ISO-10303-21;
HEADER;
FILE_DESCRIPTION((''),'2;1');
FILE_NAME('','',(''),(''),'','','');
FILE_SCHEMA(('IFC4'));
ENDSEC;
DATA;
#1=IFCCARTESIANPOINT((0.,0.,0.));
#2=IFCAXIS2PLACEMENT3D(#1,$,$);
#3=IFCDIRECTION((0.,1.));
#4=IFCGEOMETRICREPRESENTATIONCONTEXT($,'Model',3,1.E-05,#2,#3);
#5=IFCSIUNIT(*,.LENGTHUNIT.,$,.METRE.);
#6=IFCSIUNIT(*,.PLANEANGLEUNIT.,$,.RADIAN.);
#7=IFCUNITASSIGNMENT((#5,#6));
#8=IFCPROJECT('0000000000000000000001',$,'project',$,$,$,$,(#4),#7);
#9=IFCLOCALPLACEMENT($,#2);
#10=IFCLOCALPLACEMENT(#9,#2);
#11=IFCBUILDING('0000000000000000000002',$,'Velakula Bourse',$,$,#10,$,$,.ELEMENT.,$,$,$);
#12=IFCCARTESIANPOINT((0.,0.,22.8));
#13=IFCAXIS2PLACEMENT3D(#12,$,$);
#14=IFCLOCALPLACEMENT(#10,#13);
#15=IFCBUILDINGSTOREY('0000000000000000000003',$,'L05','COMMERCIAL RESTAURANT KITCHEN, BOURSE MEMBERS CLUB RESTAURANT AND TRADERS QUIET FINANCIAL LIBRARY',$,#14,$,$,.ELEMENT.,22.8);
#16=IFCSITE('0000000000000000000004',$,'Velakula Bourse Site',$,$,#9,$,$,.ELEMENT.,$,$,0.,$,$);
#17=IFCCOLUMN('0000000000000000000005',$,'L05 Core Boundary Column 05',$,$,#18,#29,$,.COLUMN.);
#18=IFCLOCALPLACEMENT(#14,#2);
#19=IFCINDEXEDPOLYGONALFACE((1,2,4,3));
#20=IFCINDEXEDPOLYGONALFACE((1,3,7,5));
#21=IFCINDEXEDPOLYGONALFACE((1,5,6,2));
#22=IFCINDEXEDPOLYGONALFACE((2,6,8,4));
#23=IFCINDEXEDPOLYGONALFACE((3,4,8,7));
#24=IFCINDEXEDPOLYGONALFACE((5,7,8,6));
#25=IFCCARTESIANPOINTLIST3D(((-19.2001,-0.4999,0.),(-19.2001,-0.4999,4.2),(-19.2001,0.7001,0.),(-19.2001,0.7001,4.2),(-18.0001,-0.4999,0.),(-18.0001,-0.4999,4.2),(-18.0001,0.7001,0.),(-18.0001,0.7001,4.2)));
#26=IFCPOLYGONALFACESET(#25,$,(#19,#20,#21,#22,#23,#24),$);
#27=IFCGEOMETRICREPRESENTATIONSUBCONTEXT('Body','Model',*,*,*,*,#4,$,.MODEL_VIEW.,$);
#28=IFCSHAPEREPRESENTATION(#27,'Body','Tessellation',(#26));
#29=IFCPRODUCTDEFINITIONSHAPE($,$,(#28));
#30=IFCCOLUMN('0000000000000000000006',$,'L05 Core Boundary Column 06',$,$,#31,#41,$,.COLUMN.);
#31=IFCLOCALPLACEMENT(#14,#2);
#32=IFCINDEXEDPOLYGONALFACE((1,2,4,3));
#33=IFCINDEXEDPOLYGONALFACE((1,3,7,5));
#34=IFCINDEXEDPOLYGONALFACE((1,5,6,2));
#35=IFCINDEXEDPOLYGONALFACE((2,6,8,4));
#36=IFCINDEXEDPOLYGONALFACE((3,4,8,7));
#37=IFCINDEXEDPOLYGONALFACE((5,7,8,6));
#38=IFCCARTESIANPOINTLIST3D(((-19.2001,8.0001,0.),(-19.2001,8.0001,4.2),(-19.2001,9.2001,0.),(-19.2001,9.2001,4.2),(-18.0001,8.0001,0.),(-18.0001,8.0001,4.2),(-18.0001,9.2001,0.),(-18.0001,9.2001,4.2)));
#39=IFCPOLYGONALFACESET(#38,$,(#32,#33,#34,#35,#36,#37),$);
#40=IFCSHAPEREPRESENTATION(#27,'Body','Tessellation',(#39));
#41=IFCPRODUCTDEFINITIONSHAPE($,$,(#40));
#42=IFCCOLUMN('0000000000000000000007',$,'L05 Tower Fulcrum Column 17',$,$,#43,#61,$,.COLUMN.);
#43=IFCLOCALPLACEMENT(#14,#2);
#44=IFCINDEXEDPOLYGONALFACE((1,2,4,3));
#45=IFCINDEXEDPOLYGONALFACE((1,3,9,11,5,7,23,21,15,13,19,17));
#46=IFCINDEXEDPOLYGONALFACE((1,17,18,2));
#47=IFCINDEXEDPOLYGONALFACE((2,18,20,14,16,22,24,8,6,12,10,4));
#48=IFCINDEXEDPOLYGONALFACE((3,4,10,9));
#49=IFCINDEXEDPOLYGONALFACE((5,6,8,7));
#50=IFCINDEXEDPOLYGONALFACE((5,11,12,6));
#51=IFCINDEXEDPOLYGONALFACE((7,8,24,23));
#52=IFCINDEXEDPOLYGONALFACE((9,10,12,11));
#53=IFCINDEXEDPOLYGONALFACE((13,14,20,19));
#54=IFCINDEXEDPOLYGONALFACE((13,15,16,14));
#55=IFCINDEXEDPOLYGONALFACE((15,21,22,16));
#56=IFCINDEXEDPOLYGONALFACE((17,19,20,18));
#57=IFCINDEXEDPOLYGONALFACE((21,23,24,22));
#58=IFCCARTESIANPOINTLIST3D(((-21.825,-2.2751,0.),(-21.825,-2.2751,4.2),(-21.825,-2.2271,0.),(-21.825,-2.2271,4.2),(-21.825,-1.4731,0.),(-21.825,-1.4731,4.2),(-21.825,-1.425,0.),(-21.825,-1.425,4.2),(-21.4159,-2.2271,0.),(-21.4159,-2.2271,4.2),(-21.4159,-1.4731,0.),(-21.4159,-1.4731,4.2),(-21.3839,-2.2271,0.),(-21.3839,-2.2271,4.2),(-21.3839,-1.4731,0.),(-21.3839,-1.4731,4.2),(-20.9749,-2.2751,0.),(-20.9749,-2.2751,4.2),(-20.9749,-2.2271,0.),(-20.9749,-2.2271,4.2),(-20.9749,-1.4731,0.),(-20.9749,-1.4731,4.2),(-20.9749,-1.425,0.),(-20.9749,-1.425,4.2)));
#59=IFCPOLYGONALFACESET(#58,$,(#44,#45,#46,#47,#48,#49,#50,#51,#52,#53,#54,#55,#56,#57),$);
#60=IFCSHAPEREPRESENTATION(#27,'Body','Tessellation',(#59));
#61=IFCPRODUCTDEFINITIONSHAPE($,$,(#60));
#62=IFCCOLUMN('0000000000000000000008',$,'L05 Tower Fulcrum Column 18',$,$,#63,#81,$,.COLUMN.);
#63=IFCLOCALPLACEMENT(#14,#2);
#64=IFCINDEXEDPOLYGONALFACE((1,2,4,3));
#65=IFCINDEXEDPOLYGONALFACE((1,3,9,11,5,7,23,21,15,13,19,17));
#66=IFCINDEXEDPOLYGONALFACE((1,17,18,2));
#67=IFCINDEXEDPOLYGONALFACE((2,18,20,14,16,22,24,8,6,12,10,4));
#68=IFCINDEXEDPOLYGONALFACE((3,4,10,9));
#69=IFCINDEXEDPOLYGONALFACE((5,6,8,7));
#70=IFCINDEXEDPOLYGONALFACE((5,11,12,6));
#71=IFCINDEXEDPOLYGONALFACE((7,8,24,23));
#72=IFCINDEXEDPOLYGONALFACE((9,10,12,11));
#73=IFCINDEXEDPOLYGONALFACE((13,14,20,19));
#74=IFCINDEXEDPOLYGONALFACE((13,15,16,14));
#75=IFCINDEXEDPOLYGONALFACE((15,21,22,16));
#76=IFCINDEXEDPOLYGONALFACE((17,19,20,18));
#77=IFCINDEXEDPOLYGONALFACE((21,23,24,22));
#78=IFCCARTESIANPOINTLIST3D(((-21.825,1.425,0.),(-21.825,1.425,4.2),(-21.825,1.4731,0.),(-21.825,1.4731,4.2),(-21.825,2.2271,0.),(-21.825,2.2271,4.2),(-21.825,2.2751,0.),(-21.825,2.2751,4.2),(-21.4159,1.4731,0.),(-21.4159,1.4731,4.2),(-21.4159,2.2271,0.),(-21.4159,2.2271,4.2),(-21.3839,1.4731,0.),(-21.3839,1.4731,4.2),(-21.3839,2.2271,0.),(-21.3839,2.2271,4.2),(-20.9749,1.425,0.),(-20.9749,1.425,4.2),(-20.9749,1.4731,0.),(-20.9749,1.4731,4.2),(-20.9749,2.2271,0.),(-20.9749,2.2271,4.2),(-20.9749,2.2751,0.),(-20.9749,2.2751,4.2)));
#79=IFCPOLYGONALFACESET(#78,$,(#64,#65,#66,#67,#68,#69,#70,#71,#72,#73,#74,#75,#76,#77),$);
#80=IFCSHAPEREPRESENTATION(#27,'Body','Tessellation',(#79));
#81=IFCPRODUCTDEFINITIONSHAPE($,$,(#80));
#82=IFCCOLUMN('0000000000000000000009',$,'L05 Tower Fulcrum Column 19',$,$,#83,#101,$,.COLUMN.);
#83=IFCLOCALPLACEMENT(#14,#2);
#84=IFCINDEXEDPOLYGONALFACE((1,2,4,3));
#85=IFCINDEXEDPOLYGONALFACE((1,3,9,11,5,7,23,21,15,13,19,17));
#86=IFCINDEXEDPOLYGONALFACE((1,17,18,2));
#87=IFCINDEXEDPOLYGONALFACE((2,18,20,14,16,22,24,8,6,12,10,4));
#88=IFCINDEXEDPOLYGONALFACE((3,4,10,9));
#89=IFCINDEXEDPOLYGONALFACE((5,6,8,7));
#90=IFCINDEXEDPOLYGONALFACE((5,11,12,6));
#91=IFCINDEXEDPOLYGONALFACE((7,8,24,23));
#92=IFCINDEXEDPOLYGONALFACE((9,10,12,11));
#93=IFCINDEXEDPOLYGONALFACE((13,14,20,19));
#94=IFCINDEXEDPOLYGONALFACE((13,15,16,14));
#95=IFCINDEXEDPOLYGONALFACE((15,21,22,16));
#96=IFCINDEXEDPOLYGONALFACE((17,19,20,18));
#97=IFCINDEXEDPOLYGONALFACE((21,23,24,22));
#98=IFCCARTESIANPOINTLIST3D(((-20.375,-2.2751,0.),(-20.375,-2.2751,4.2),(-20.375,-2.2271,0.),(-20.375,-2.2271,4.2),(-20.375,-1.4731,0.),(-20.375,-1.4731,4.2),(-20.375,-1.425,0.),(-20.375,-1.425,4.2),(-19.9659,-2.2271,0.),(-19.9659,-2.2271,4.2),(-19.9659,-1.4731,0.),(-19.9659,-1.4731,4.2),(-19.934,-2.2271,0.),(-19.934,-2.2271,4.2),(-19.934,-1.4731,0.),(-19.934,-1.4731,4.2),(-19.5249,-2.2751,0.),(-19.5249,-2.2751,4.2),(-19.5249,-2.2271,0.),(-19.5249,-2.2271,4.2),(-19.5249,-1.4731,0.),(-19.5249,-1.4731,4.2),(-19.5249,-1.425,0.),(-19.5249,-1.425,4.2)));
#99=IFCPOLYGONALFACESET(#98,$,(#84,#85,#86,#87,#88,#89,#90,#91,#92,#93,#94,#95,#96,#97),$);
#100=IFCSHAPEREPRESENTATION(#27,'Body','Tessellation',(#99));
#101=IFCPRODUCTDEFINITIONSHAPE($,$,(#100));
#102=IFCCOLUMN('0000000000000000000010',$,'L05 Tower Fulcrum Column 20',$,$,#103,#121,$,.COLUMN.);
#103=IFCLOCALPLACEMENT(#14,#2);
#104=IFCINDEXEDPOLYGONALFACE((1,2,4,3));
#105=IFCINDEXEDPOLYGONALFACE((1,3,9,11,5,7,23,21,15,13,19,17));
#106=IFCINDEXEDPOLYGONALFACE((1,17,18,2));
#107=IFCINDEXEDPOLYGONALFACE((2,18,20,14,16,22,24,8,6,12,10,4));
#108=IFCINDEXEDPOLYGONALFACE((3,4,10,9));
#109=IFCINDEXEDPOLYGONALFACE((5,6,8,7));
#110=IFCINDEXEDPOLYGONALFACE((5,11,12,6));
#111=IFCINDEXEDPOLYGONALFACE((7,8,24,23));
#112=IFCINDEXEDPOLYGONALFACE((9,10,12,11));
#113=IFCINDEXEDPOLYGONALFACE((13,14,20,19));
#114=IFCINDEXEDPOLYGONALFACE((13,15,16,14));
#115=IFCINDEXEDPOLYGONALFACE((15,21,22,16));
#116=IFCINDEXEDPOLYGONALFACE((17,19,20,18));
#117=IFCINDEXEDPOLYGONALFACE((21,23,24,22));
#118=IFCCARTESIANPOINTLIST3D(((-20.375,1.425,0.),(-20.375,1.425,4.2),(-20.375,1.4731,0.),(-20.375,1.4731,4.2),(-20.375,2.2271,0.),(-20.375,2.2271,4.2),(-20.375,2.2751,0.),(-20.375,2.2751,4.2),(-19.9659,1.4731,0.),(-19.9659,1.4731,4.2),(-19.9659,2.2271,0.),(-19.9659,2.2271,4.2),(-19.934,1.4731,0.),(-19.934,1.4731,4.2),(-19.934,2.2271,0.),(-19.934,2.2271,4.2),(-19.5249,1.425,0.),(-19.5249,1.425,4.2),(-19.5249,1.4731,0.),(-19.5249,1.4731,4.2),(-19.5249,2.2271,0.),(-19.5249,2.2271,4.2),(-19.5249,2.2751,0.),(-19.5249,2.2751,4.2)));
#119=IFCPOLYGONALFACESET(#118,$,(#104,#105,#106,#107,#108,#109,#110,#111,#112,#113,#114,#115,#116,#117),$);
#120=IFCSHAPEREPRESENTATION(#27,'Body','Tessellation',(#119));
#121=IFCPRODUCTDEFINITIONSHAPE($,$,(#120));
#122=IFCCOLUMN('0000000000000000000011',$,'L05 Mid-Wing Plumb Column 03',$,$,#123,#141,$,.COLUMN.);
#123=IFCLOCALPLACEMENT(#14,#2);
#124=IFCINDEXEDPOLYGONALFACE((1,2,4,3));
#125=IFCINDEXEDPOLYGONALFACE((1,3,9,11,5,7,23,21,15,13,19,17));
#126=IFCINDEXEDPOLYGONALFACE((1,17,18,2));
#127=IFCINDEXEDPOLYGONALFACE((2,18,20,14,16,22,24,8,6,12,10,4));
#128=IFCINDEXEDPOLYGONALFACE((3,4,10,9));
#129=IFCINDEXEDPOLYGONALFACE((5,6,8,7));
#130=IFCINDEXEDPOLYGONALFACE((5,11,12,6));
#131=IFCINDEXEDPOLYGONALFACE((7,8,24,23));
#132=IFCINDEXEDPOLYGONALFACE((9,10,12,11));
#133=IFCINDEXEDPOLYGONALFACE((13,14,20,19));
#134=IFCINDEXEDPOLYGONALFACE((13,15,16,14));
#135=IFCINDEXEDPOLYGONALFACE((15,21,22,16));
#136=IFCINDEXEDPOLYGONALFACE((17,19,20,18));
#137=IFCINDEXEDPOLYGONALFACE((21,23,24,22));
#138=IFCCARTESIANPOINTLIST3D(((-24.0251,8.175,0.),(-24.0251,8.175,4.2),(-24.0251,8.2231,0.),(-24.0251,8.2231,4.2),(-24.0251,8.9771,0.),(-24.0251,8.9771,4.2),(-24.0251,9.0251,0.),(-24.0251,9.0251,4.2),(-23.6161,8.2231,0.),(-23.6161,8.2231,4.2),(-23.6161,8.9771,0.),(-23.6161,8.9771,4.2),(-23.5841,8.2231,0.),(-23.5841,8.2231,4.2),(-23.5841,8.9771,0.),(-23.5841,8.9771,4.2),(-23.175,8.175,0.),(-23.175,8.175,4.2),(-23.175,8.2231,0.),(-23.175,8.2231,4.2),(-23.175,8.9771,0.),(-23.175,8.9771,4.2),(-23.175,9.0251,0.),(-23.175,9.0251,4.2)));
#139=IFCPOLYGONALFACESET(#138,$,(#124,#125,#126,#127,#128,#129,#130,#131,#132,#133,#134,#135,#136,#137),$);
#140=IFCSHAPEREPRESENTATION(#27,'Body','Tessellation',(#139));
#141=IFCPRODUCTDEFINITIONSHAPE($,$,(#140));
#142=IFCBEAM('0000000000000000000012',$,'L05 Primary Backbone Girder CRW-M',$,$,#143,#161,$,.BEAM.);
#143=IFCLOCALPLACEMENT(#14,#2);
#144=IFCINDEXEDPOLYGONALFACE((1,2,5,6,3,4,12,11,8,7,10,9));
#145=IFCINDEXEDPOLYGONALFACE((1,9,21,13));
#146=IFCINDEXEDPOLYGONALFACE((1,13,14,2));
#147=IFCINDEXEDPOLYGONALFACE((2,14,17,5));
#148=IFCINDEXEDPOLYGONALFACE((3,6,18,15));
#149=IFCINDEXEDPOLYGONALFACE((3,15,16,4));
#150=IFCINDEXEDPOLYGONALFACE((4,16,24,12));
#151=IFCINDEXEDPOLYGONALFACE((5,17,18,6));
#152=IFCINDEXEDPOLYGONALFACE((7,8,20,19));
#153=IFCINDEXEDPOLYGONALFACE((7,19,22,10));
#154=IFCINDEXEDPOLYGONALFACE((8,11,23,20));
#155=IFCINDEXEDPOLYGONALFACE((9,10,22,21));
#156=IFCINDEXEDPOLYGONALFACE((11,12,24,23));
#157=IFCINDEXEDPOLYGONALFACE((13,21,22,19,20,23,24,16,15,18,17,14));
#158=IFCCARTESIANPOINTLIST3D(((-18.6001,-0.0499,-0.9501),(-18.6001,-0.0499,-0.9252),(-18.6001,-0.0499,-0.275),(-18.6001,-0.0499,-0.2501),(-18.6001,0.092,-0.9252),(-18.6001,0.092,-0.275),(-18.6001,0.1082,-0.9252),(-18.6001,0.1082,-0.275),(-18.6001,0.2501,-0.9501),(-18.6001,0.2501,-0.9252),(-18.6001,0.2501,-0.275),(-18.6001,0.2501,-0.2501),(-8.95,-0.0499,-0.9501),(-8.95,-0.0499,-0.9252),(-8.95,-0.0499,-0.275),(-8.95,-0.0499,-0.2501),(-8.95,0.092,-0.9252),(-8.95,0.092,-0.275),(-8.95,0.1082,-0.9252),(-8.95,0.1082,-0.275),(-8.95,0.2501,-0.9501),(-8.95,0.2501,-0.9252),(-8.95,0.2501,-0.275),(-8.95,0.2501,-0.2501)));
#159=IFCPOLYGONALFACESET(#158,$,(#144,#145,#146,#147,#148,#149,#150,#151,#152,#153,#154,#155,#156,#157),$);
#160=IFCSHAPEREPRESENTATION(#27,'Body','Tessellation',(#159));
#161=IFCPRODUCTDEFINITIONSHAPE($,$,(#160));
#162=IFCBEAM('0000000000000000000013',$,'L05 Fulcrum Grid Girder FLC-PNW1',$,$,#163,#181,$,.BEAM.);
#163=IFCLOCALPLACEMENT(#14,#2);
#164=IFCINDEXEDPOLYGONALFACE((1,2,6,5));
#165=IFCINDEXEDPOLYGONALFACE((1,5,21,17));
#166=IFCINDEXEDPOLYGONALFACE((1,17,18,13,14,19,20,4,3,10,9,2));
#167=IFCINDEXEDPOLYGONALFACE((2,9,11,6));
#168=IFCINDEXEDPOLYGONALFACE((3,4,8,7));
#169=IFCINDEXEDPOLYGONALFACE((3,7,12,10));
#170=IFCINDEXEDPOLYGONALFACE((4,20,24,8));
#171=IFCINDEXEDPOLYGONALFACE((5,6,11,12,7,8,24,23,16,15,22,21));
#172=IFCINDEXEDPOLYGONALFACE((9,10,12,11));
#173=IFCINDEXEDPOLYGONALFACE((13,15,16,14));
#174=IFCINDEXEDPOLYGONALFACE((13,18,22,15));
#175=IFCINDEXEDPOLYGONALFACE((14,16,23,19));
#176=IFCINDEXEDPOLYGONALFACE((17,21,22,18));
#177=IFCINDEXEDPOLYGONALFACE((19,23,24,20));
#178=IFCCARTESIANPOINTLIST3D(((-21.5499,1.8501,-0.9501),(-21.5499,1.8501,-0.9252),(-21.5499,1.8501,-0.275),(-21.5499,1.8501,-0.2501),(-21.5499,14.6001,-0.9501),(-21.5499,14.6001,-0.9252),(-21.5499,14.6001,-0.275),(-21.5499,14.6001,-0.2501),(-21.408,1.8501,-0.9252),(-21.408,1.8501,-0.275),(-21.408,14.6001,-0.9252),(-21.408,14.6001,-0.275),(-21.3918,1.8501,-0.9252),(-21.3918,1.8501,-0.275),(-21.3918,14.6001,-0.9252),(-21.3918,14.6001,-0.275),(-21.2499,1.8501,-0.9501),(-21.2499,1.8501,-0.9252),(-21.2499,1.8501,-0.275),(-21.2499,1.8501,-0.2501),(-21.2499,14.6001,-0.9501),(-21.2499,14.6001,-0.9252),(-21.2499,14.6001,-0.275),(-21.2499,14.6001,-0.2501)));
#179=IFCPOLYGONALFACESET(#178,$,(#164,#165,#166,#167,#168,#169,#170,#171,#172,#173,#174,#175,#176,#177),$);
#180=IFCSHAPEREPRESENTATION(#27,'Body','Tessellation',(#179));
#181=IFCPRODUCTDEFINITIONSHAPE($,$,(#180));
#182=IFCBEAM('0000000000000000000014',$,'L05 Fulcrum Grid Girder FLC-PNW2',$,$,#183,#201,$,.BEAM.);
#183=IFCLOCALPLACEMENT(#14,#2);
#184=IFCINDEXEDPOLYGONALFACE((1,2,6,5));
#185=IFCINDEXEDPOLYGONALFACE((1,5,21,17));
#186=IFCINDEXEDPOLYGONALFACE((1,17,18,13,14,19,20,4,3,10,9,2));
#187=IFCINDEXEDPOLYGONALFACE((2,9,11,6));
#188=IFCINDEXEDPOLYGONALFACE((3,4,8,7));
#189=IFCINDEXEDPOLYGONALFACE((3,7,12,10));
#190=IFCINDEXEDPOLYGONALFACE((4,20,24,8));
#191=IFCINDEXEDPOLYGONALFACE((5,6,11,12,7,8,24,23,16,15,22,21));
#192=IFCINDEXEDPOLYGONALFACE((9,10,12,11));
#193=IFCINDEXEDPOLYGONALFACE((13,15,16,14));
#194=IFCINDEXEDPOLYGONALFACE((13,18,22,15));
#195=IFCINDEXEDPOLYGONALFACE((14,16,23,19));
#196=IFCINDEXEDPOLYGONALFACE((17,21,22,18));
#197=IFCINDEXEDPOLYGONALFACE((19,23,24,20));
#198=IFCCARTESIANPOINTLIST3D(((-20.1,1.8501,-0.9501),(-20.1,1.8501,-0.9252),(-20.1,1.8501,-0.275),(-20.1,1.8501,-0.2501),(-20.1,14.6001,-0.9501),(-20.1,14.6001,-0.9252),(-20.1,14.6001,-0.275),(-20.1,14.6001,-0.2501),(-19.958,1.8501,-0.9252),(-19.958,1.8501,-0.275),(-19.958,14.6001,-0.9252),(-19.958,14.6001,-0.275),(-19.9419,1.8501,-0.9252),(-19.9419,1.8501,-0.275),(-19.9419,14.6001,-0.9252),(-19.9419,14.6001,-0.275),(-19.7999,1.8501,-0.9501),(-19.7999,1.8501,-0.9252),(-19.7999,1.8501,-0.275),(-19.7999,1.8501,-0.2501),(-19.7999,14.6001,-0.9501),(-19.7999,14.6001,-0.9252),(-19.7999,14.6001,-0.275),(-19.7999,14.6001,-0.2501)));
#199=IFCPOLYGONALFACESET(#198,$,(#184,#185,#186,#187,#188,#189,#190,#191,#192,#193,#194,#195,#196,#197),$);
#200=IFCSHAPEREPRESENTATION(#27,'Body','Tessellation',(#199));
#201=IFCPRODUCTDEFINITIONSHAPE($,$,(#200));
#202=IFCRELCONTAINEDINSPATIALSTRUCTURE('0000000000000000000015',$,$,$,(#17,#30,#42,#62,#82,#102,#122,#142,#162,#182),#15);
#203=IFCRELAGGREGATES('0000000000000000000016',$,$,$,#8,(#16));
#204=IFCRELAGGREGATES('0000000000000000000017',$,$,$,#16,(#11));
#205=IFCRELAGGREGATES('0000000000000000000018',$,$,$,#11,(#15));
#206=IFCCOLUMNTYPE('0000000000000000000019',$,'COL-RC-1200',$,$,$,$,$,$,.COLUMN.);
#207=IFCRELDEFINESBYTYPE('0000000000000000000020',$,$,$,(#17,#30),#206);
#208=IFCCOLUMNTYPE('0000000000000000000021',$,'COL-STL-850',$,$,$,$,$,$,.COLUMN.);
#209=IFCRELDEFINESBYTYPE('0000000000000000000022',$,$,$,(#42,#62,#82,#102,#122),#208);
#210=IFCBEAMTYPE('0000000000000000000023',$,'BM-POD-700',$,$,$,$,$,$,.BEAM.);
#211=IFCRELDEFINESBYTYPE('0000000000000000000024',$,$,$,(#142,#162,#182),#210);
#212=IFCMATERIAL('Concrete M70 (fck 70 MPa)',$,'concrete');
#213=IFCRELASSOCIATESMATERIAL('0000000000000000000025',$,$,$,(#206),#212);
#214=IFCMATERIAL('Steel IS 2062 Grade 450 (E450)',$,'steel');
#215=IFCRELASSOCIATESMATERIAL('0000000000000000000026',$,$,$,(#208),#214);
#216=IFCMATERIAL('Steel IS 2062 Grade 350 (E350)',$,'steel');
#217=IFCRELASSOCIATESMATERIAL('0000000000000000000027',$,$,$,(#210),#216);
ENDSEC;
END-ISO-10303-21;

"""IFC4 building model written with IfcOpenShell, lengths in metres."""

from ifc_helpers import new_model, si_unit, direction, frame, origin, origin_2d, place, context, subcontext, project, spatial, rectangle, i_section, extrude, material, material_profile, profile_set, type_object, element, save


model = new_model("IFC4")

# Units and contexts
model_context = context("Model", 3, precision=1e-05, world=origin(), true_north=direction((0.0, 1.0)))
body_context = subcontext(model_context, "Body", "Model", "MODEL_VIEW")
ifc_project = project(units=[si_unit("LENGTHUNIT", "METRE"), si_unit("PLANEANGLEUNIT", "RADIAN")], contexts=[model_context])

# Site, building, storey
site_placement = place(None, origin())
site = spatial("IfcSite", under=ifc_project, at=site_placement, Name="Velakula Bourse Site", CompositionType="ELEMENT", RefElevation=0.0)
building_placement = place(site_placement, origin())
building = spatial("IfcBuilding", under=site, at=building_placement, Name="Velakula Bourse", CompositionType="ELEMENT")
storey_placement = place(building_placement, frame((0.0, 0.0, 22.8)))
storey = spatial("IfcBuildingStorey", under=building, at=storey_placement, Name="L05", Description="COMMERCIAL RESTAURANT KITCHEN, BOURSE MEMBERS CLUB RESTAURANT AND TRADERS QUIET FINANCIAL LIBRARY", CompositionType="ELEMENT", Elevation=22.8)

# Columns
ifc_material_1 = material(Name="Concrete M70 (fck 70 MPa)", Category="concrete")
ifc_material_profile_1 = material_profile(ifc_material_1, rectangle(XDim=1.2, YDim=1.2, at=origin_2d()), Name="Concrete M70 (fck 70 MPa)")
ifc_profile_set_1 = profile_set([ifc_material_profile_1], Name="Concrete M70 (fck 70 MPa)")
column_type_1 = type_object("IfcColumnType", Name="COL-RC-1200", PredefinedType="COLUMN", material=ifc_profile_set_1)
for number, where, z_axis, x_axis, name in (
    (1, (-18.6001, 0.1001, 0.0), (0.0, 0.0, 1.0), (1.0, 0.0, 0.0), "L05 Core Boundary Column 05"),
    (2, (-18.6001, 8.6001, 0.0), (0.0, 0.0, 1.0), (1.0, 0.0, 0.0), "L05 Core Boundary Column 06"),
):
    element("IfcColumn", number, at=place(storey_placement, frame(where, z_axis=z_axis, x_axis=x_axis)), inside=storey, type_object=column_type_1, Name=name, PredefinedType="COLUMN", context=body_context, shape_type="SweptSolid", body=[
        extrude(rectangle(XDim=1.2, YDim=1.2, at=origin_2d()), origin(), (0.0, 0.0, 1.0), 4.2),
    ])
ifc_material_2 = material(Name="Steel IS 2062 Grade 450 (E450)", Category="steel")
ifc_material_profile_2 = material_profile(ifc_material_2, i_section(OverallWidth=0.8501, OverallDepth=0.8501, WebThickness=0.032, FlangeThickness=0.0481, at=origin_2d()), Name="Steel IS 2062 Grade 450 (E450)")
ifc_profile_set_2 = profile_set([ifc_material_profile_2], Name="Steel IS 2062 Grade 450 (E450)")
column_type_2 = type_object("IfcColumnType", Name="COL-STL-850", PredefinedType="COLUMN", material=ifc_profile_set_2)
for number, where, z_axis, x_axis, name in (
    (3, (-21.3999, -1.8501, 0.0), (0.0, 0.0, 1.0), (1.0, 0.0, 0.0), "L05 Tower Fulcrum Column 17"),
    (4, (-21.3999, 1.8501, 0.0), (0.0, 0.0, 1.0), (1.0, 0.0, 0.0), "L05 Tower Fulcrum Column 18"),
    (5, (-19.95, -1.8501, 0.0), (0.0, 0.0, 1.0), (1.0, 0.0, 0.0), "L05 Tower Fulcrum Column 19"),
    (6, (-19.95, 1.8501, 0.0), (0.0, 0.0, 1.0), (1.0, 0.0, 0.0), "L05 Tower Fulcrum Column 20"),
    (7, (-23.6001, 8.6001, 0.0), (0.0, 0.0, 1.0), (1.0, 0.0, 0.0), "L05 Mid-Wing Plumb Column 03"),
):
    element("IfcColumn", number, at=place(storey_placement, frame(where, z_axis=z_axis, x_axis=x_axis)), inside=storey, type_object=column_type_2, Name=name, PredefinedType="COLUMN", context=body_context, shape_type="SweptSolid", body=[
        extrude(i_section(OverallWidth=0.8501, OverallDepth=0.8501, WebThickness=0.032, FlangeThickness=0.0481, at=origin_2d()), origin(), (0.0, 0.0, 1.0), 4.2),
    ])

# Beams
ifc_material_3 = material(Name="Steel IS 2062 Grade 350 (E350)", Category="steel")
ifc_material_profile_3 = material_profile(ifc_material_3, i_section(OverallWidth=0.3, OverallDepth=0.7, WebThickness=0.0161, FlangeThickness=0.0249, at=origin_2d()), Name="Steel IS 2062 Grade 350 (E350)")
ifc_profile_set_3 = profile_set([ifc_material_profile_3], Name="Steel IS 2062 Grade 350 (E350)")
beam_type_1 = type_object("IfcBeamType", Name="BM-POD-700", PredefinedType="BEAM", material=ifc_profile_set_3)
beam_1_placement = place(storey_placement, frame((-18.6001, 0.1001, -0.6001), z_axis=(1.0, 0.0, 0.0), x_axis=(0.0, 1.0, 0.0)))
element("IfcBeam", 8, at=beam_1_placement, inside=storey, type_object=beam_type_1, Name="L05 Primary Backbone Girder CRW-M", PredefinedType="BEAM", context=body_context, shape_type="SweptSolid", body=[
    extrude(i_section(OverallWidth=0.3, OverallDepth=0.7, WebThickness=0.0161, FlangeThickness=0.0249, at=origin_2d()), origin(), (0.0, 0.0, 1.0), 9.6501),
])
for number, where, z_axis, x_axis, name in (
    (9, (-21.3999, 1.8501, -0.6001), (0.0, 1.0, 0.0), (-1.0, 0.0, 0.0), "L05 Fulcrum Grid Girder FLC-PNW1"),
    (10, (-19.95, 1.8501, -0.6001), (0.0, 1.0, 0.0), (-1.0, 0.0, 0.0), "L05 Fulcrum Grid Girder FLC-PNW2"),
):
    element("IfcBeam", number, at=place(storey_placement, frame(where, z_axis=z_axis, x_axis=x_axis)), inside=storey, type_object=beam_type_1, Name=name, PredefinedType="BEAM", context=body_context, shape_type="SweptSolid", body=[
        extrude(i_section(OverallWidth=0.3, OverallDepth=0.7, WebThickness=0.0161, FlangeThickness=0.0249, at=origin_2d()), origin(), (0.0, 0.0, 1.0), 12.75),
    ])

save(model, "model.ifc")
